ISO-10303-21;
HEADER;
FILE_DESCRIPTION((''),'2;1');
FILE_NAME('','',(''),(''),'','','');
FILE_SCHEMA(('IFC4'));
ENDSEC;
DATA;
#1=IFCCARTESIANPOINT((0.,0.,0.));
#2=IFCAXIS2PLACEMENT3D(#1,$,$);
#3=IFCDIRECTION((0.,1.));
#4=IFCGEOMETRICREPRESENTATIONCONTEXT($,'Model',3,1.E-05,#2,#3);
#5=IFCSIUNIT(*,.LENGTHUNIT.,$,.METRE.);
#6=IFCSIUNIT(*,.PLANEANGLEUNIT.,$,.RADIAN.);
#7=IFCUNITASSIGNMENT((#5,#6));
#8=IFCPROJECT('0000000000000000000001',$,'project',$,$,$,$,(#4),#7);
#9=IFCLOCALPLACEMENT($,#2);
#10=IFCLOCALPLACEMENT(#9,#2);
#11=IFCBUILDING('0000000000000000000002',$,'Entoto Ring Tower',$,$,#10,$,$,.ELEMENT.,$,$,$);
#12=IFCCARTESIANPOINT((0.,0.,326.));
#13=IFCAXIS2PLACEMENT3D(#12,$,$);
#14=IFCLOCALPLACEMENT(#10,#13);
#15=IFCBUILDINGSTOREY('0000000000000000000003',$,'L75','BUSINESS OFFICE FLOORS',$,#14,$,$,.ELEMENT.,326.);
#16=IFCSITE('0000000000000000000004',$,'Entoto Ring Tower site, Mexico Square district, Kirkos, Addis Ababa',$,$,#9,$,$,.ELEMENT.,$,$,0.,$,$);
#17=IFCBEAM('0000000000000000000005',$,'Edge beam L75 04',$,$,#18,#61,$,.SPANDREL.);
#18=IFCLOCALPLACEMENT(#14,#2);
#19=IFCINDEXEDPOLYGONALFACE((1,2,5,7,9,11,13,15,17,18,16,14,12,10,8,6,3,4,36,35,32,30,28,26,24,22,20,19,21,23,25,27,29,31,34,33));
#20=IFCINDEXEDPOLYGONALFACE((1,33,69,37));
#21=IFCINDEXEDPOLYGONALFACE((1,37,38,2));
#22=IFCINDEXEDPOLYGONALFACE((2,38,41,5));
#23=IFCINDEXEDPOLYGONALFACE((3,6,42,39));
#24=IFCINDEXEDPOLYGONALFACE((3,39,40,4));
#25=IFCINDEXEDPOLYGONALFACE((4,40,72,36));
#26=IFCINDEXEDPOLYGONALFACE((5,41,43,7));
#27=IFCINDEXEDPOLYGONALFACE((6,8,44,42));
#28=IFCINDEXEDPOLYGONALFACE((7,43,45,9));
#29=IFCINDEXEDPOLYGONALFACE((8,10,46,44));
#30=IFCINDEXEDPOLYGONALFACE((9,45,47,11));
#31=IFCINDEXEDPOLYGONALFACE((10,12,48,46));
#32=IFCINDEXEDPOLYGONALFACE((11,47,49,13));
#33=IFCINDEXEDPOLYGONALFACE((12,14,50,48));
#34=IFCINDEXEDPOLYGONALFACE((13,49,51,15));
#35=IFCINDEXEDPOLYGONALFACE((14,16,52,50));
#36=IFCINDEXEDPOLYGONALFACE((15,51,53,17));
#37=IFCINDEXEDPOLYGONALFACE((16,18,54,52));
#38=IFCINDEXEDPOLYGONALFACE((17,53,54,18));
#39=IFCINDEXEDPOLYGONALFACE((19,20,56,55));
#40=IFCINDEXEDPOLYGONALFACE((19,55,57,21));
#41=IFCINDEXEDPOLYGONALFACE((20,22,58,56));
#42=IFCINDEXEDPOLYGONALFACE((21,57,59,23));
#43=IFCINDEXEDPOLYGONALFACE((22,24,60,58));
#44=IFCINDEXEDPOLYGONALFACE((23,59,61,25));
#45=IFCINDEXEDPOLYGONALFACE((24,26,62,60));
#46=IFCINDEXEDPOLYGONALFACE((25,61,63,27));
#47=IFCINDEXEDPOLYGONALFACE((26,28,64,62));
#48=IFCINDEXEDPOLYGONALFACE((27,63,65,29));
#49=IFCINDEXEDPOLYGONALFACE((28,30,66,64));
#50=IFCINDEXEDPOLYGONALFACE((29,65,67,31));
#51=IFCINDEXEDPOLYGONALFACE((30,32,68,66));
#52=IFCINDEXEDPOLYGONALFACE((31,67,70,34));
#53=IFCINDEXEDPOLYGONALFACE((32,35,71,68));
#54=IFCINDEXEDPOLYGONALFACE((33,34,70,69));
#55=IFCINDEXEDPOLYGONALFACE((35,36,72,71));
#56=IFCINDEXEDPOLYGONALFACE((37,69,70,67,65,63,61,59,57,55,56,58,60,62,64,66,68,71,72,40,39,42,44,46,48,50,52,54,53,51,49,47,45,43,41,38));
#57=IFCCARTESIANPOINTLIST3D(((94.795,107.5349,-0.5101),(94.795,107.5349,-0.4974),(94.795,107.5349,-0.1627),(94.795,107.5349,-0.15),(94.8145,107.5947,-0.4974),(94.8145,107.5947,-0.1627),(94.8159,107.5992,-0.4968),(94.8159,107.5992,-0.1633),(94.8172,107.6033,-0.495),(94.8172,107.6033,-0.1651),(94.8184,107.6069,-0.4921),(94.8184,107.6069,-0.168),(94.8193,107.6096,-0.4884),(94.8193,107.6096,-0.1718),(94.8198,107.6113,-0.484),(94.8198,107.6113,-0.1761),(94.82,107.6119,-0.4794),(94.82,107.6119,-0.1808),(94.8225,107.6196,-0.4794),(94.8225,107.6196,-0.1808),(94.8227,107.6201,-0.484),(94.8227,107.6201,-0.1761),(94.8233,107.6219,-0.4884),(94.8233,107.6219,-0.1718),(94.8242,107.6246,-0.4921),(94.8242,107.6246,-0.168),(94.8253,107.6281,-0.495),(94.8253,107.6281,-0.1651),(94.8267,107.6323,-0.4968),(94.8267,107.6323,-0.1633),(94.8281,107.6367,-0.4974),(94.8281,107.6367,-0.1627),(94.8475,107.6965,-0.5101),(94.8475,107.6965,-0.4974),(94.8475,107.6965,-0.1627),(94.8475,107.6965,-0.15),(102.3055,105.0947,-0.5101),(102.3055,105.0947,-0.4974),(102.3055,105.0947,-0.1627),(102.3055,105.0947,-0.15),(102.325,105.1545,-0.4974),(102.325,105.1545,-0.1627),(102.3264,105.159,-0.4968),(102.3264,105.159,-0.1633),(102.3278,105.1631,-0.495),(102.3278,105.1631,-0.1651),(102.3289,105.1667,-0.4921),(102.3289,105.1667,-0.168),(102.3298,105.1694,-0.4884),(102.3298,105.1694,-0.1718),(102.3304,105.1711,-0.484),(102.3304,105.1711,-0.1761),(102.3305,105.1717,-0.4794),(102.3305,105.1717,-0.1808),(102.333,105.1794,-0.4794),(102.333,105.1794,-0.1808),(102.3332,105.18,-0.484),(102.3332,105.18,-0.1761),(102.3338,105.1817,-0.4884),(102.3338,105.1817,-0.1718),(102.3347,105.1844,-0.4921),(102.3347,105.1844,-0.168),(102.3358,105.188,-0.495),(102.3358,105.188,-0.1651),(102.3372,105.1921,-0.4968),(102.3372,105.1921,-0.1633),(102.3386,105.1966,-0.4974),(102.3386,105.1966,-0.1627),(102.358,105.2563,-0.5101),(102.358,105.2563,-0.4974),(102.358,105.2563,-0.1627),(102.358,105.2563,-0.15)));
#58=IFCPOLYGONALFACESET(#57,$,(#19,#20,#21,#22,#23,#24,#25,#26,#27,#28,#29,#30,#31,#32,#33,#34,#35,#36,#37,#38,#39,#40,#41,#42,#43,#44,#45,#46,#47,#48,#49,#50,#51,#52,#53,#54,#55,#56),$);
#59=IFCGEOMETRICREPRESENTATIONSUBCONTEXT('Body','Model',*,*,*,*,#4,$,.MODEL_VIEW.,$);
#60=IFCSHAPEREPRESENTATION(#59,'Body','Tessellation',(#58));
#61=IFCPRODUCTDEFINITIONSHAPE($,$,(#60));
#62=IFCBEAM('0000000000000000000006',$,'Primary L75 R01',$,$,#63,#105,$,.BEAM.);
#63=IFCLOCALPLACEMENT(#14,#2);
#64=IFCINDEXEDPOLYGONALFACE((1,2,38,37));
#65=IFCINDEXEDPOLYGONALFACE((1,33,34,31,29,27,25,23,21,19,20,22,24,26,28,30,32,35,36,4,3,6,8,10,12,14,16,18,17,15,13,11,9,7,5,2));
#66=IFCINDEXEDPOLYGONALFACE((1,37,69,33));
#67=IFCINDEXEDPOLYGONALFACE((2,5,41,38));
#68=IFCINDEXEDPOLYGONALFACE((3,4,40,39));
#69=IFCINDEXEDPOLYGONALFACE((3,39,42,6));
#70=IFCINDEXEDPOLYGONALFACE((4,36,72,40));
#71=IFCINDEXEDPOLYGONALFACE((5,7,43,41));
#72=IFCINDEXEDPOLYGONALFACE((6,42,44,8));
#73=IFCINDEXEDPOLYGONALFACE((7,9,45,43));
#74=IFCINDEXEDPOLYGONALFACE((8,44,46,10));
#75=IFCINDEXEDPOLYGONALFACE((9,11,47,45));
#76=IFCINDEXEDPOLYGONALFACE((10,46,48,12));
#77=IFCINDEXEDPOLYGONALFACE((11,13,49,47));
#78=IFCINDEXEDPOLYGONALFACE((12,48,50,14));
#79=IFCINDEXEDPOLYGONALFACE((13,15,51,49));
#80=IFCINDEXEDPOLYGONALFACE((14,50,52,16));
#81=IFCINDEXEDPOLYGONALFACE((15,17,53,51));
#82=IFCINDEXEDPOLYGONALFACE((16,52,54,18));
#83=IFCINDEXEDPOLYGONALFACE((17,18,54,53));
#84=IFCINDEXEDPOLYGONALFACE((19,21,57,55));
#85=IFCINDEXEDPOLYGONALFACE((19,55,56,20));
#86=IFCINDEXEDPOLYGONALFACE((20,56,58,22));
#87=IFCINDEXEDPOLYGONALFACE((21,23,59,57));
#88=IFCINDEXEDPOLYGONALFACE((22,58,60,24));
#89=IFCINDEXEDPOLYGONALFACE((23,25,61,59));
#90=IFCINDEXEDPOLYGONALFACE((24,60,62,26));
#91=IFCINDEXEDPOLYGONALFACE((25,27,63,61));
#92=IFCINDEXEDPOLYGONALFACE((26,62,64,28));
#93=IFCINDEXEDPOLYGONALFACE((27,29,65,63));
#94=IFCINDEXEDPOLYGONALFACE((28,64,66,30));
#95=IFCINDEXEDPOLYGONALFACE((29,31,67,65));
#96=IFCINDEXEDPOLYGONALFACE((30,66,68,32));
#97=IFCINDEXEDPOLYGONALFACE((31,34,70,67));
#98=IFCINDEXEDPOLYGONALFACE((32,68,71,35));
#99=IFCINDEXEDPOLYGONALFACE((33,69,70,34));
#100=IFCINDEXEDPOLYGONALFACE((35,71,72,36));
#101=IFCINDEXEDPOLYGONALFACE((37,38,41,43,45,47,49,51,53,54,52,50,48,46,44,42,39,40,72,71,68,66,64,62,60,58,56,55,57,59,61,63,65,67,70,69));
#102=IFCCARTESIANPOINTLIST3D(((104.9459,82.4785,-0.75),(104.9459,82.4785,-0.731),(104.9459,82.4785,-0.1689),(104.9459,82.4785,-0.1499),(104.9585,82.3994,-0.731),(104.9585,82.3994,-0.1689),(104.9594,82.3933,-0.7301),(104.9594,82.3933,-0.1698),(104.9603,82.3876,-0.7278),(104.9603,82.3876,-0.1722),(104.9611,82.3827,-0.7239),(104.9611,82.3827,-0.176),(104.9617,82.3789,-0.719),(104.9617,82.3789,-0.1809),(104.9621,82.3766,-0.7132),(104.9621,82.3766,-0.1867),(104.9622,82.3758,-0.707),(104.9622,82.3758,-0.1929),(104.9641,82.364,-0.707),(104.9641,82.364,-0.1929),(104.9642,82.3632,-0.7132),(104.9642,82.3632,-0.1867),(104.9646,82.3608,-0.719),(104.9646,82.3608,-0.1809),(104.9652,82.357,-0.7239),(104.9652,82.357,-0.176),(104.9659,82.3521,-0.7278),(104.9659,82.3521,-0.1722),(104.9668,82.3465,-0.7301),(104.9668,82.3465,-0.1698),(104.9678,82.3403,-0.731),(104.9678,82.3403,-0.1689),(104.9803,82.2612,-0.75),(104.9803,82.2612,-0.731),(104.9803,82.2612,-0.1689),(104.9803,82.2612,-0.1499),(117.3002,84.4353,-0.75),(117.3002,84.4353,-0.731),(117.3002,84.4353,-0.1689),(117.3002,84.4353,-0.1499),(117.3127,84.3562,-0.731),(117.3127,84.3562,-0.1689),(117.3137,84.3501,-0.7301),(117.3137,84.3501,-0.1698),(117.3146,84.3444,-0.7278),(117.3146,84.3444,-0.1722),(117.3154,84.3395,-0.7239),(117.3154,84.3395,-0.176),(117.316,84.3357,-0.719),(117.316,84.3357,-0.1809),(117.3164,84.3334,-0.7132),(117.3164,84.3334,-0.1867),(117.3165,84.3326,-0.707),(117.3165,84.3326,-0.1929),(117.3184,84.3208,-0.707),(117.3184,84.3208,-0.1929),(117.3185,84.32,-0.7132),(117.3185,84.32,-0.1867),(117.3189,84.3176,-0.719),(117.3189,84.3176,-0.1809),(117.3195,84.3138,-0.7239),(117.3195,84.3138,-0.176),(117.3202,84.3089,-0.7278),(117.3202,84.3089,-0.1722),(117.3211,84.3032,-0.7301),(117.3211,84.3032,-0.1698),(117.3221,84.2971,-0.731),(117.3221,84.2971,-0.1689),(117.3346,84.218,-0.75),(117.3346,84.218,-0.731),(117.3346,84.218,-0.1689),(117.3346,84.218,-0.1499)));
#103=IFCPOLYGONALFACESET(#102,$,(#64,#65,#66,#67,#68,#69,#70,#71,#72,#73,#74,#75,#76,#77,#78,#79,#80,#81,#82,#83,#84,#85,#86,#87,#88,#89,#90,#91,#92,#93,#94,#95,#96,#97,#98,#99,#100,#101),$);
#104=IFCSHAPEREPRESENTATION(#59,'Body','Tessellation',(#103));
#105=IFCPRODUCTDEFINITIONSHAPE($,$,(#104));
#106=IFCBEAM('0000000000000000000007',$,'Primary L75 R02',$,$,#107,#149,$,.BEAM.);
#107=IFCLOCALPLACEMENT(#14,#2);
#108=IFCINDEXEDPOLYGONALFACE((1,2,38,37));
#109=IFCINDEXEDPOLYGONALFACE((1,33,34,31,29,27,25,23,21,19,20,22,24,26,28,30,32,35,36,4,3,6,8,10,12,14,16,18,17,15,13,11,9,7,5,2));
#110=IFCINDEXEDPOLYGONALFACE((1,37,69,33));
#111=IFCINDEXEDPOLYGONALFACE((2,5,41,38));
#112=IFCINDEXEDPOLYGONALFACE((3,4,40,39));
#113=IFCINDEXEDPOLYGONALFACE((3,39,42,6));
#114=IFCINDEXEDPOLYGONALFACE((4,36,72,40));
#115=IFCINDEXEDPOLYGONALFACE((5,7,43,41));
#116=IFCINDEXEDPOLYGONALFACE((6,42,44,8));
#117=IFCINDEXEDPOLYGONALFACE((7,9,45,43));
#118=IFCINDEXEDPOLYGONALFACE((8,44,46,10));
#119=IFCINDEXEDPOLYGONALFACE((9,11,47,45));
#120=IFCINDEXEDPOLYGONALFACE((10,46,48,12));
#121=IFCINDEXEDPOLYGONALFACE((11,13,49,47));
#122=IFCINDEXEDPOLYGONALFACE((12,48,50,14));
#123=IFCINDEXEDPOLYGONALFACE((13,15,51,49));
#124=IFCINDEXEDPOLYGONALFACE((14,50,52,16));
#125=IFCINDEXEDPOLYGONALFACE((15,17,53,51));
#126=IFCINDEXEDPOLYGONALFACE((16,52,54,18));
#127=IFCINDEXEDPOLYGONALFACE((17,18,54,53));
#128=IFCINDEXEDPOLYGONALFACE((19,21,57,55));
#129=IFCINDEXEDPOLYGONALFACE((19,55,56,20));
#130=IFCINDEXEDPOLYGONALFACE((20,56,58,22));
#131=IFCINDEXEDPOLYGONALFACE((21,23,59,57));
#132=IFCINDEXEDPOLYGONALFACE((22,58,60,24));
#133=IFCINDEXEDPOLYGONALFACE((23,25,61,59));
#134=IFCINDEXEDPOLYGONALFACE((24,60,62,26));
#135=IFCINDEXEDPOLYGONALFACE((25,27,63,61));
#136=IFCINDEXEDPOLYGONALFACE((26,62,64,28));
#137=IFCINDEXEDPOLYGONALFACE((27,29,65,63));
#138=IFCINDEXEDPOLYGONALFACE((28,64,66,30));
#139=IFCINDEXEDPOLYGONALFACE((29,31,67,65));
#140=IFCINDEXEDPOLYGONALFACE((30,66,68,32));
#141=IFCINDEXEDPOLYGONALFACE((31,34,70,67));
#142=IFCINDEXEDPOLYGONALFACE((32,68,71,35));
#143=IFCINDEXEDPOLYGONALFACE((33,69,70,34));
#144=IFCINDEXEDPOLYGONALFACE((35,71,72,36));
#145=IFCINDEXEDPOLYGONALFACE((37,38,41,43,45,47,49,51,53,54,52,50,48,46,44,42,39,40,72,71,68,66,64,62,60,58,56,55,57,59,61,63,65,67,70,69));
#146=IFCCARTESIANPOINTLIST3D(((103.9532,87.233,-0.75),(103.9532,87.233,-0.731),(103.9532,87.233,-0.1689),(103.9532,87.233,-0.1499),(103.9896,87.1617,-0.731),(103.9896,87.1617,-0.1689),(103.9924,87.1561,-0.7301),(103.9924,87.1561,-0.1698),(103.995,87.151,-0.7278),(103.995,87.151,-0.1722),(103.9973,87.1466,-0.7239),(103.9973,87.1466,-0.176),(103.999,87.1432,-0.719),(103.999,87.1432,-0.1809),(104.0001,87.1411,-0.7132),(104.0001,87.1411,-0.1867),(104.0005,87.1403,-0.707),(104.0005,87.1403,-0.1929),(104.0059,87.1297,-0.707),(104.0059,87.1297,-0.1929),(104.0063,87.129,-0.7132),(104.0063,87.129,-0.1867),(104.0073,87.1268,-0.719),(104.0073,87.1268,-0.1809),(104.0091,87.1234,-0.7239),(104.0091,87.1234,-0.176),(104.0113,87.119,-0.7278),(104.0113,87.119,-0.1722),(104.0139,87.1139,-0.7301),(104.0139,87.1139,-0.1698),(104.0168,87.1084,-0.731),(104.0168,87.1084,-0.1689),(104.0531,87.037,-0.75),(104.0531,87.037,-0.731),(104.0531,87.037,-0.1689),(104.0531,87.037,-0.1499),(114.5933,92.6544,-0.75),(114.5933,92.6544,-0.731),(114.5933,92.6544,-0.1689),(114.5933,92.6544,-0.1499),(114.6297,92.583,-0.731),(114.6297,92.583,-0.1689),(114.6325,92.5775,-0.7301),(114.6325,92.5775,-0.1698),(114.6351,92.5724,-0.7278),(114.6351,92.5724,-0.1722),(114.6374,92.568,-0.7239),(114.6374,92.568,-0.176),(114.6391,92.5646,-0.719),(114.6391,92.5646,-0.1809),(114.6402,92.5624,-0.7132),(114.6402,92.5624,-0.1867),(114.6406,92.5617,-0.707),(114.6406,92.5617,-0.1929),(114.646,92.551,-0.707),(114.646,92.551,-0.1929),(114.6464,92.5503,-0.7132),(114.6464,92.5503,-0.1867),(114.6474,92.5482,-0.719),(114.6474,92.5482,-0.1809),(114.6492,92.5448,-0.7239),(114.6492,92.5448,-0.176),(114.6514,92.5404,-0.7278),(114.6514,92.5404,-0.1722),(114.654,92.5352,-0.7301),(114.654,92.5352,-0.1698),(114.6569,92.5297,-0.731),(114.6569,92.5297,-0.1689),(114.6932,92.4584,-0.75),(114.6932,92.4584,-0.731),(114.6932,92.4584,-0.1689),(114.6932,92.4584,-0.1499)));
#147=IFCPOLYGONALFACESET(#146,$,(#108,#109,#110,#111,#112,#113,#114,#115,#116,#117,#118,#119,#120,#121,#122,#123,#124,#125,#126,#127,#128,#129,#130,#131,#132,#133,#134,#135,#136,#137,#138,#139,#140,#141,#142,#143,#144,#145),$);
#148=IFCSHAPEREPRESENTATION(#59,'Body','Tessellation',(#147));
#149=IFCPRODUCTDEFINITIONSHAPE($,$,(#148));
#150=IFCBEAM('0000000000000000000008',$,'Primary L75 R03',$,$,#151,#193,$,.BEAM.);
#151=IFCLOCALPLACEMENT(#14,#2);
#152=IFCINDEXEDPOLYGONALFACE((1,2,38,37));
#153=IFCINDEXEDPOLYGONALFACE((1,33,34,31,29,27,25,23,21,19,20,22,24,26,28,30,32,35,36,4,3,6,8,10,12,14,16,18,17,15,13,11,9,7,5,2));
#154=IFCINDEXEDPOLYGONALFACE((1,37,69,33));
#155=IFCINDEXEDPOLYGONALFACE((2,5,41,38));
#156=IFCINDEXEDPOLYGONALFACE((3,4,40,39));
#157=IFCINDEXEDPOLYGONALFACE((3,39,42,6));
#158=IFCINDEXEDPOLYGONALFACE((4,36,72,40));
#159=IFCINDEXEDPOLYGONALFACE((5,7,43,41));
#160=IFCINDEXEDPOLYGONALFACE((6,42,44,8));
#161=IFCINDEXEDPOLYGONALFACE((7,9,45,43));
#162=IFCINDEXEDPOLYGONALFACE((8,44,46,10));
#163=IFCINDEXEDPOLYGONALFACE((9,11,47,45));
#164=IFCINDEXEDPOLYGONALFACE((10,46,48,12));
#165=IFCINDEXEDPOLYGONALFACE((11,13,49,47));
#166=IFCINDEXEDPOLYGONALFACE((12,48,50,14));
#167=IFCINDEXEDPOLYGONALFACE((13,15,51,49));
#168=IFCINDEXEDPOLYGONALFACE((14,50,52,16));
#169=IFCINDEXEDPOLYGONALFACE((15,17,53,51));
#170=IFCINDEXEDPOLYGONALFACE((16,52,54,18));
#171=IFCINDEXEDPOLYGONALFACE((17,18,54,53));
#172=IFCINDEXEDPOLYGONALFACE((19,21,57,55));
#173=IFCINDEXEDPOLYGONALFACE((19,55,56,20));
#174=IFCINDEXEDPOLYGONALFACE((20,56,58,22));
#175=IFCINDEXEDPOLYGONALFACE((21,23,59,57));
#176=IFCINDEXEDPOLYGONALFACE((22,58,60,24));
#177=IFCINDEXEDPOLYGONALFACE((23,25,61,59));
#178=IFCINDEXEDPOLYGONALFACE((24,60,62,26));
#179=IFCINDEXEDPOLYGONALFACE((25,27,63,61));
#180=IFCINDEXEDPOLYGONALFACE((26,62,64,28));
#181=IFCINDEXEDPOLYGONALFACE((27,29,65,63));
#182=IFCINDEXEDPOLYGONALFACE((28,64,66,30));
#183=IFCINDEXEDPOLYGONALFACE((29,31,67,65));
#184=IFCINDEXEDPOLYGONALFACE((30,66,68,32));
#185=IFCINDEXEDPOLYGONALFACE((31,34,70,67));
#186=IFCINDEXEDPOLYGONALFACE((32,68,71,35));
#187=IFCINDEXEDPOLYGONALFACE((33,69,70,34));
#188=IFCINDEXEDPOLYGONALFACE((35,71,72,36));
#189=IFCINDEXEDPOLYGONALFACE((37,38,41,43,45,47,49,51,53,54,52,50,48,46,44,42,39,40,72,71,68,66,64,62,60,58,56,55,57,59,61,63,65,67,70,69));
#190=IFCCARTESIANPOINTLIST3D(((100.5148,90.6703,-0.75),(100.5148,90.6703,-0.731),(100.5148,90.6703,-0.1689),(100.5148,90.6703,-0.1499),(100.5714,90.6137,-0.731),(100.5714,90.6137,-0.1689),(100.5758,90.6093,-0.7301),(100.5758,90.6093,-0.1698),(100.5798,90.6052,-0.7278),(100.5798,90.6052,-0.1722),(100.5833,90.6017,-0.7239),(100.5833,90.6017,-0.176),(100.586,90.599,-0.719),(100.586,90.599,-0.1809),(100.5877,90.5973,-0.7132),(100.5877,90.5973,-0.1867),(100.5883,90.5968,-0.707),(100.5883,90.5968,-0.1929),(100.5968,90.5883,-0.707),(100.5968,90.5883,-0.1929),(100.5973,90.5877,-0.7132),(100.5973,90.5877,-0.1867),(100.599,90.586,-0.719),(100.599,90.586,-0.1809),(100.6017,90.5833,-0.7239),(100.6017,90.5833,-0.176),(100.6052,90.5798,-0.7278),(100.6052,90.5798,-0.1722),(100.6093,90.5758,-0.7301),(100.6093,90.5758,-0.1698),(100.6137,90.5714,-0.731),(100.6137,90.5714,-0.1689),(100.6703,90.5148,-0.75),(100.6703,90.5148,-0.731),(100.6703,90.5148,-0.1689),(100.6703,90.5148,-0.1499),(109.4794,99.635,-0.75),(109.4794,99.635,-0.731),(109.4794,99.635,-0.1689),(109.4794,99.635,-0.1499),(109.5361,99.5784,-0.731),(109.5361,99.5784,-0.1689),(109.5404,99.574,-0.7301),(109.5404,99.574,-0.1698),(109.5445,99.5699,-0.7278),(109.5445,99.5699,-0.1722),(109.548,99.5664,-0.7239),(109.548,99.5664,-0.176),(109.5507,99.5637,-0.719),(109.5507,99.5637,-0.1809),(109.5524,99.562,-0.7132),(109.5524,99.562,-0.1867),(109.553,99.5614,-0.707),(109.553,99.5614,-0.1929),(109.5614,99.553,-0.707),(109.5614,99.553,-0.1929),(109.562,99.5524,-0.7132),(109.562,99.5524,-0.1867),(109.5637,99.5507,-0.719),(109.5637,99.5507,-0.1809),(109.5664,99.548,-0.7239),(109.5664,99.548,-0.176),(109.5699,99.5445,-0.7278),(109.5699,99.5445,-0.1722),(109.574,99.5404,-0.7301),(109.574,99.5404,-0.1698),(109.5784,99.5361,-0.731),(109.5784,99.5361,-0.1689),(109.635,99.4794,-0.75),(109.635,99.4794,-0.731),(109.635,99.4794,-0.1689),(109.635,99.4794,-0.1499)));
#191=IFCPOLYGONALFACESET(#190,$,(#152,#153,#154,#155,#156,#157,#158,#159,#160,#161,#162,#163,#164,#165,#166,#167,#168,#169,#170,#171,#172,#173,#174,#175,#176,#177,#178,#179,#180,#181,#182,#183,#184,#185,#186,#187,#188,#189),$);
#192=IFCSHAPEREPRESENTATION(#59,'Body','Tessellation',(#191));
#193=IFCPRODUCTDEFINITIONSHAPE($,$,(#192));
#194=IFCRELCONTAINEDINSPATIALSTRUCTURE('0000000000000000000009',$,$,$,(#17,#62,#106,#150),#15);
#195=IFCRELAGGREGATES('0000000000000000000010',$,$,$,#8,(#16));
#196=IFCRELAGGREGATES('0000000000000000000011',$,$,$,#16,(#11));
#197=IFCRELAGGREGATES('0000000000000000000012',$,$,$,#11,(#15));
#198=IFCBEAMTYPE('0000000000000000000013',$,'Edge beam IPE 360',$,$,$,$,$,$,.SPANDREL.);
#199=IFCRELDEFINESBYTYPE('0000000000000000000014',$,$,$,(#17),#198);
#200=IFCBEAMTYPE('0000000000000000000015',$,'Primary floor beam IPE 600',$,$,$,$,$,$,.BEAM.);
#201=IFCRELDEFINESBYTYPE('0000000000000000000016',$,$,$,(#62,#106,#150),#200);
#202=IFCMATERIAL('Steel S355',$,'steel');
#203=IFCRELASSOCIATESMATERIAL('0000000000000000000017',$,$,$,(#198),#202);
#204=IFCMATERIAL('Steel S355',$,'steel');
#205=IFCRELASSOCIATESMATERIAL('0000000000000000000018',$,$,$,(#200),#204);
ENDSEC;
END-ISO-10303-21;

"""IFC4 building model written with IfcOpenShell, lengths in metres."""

from ifc_helpers import new_model, si_unit, direction, frame, origin, origin_2d, place, context, subcontext, project, spatial, i_section, extrude, material, material_profile, profile_set, type_object, element, save


model = new_model("IFC4")

# Units and contexts
model_context = context("Model", 3, precision=1e-05, world=origin(), true_north=direction((0.0, 1.0)))
body_context = subcontext(model_context, "Body", "Model", "MODEL_VIEW")
ifc_project = project(units=[si_unit("LENGTHUNIT", "METRE"), si_unit("PLANEANGLEUNIT", "RADIAN")], contexts=[model_context])

# Site, building, storey
site_placement = place(None, origin())
site = spatial("IfcSite", under=ifc_project, at=site_placement, Name="Entoto Ring Tower site, Mexico Square district, Kirkos, Addis Ababa", CompositionType="ELEMENT", RefElevation=0.0)
building_placement = place(site_placement, origin())
building = spatial("IfcBuilding", under=site, at=building_placement, Name="Entoto Ring Tower", CompositionType="ELEMENT")
storey_placement = place(building_placement, frame((0.0, 0.0, 326.0)))
storey = spatial("IfcBuildingStorey", under=building, at=storey_placement, Name="L75", Description="BUSINESS OFFICE FLOORS", CompositionType="ELEMENT", Elevation=326.0)

# Beams
ifc_material_1 = material(Name="Steel S355", Category="steel")
ifc_material_profile_1 = material_profile(ifc_material_1, i_section(OverallWidth=0.1699, OverallDepth=0.3601, WebThickness=0.0081, FlangeThickness=0.0127, FilletRadius=0.0181, at=origin_2d()), Name="IPE 360")
ifc_profile_set_1 = profile_set([ifc_material_profile_1], Name="Steel S355")
beam_type_1 = type_object("IfcBeamType", Name="Edge beam IPE 360", PredefinedType="SPANDREL", material=ifc_profile_set_1)
beam_1_placement = place(storey_placement, frame((102.3318, 105.1755, -0.3301), z_axis=(-0.951061, 0.309003, 0.0), x_axis=(-0.309003, -0.951061, 0.0)))
element("IfcBeam", 1, at=beam_1_placement, inside=storey, type_object=beam_type_1, Name="Edge beam L75 04", PredefinedType="SPANDREL", context=body_context, shape_type="SweptSolid", body=[
    extrude(i_section(OverallWidth=0.1699, OverallDepth=0.3601, WebThickness=0.0081, FlangeThickness=0.0127, FilletRadius=0.0181, at=origin_2d()), origin(), (0.0, 0.0, 1.0), 7.897),
])
ifc_material_2 = material(Name="Steel S355", Category="steel")
ifc_material_profile_2 = material_profile(ifc_material_2, i_section(OverallWidth=0.22, OverallDepth=0.6001, WebThickness=0.012, FlangeThickness=0.019, FilletRadius=0.0239, at=origin_2d()), Name="IPE 600")
ifc_profile_set_2 = profile_set([ifc_material_profile_2], Name="Steel S355")
beam_type_2 = type_object("IfcBeamType", Name="Primary floor beam IPE 600", PredefinedType="BEAM", material=ifc_profile_set_2)
beam_2_placement = place(storey_placement, frame((104.9631, 82.3699, -0.45), z_axis=(0.987688, 0.15644, 0.0), x_axis=(-0.15644, 0.987688, 0.0)))
element("IfcBeam", 2, at=beam_2_placement, inside=storey, type_object=beam_type_2, Name="Primary L75 R01", PredefinedType="BEAM", context=body_context, shape_type="SweptSolid", body=[
    extrude(i_section(OverallWidth=0.22, OverallDepth=0.6001, WebThickness=0.012, FlangeThickness=0.019, FilletRadius=0.0239, at=origin_2d()), origin(), (0.0, 0.0, 1.0), 12.5083),
])
beam_3_placement = place(storey_placement, frame((104.0032, 87.135, -0.45), z_axis=(0.891008, 0.453988, 0.0), x_axis=(-0.453988, 0.891008, 0.0)))
element("IfcBeam", 3, at=beam_3_placement, inside=storey, type_object=beam_type_2, Name="Primary L75 R02", PredefinedType="BEAM", context=body_context, shape_type="SweptSolid", body=[
    extrude(i_section(OverallWidth=0.22, OverallDepth=0.6001, WebThickness=0.012, FlangeThickness=0.019, FilletRadius=0.0239, at=origin_2d()), origin(), (0.0, 0.0, 1.0), 11.9417),
])
beam_4_placement = place(storey_placement, frame((100.5925, 90.5925, -0.45), z_axis=(0.707107, 0.707107, 0.0), x_axis=(-0.707107, 0.707107, 0.0)))
element("IfcBeam", 4, at=beam_4_placement, inside=storey, type_object=beam_type_2, Name="Primary L75 R03", PredefinedType="BEAM", context=body_context, shape_type="SweptSolid", body=[
    extrude(i_section(OverallWidth=0.22, OverallDepth=0.6001, WebThickness=0.012, FlangeThickness=0.019, FilletRadius=0.0239, at=origin_2d()), origin(), (0.0, 0.0, 1.0), 12.678),
])

save(model, "model.ifc")
